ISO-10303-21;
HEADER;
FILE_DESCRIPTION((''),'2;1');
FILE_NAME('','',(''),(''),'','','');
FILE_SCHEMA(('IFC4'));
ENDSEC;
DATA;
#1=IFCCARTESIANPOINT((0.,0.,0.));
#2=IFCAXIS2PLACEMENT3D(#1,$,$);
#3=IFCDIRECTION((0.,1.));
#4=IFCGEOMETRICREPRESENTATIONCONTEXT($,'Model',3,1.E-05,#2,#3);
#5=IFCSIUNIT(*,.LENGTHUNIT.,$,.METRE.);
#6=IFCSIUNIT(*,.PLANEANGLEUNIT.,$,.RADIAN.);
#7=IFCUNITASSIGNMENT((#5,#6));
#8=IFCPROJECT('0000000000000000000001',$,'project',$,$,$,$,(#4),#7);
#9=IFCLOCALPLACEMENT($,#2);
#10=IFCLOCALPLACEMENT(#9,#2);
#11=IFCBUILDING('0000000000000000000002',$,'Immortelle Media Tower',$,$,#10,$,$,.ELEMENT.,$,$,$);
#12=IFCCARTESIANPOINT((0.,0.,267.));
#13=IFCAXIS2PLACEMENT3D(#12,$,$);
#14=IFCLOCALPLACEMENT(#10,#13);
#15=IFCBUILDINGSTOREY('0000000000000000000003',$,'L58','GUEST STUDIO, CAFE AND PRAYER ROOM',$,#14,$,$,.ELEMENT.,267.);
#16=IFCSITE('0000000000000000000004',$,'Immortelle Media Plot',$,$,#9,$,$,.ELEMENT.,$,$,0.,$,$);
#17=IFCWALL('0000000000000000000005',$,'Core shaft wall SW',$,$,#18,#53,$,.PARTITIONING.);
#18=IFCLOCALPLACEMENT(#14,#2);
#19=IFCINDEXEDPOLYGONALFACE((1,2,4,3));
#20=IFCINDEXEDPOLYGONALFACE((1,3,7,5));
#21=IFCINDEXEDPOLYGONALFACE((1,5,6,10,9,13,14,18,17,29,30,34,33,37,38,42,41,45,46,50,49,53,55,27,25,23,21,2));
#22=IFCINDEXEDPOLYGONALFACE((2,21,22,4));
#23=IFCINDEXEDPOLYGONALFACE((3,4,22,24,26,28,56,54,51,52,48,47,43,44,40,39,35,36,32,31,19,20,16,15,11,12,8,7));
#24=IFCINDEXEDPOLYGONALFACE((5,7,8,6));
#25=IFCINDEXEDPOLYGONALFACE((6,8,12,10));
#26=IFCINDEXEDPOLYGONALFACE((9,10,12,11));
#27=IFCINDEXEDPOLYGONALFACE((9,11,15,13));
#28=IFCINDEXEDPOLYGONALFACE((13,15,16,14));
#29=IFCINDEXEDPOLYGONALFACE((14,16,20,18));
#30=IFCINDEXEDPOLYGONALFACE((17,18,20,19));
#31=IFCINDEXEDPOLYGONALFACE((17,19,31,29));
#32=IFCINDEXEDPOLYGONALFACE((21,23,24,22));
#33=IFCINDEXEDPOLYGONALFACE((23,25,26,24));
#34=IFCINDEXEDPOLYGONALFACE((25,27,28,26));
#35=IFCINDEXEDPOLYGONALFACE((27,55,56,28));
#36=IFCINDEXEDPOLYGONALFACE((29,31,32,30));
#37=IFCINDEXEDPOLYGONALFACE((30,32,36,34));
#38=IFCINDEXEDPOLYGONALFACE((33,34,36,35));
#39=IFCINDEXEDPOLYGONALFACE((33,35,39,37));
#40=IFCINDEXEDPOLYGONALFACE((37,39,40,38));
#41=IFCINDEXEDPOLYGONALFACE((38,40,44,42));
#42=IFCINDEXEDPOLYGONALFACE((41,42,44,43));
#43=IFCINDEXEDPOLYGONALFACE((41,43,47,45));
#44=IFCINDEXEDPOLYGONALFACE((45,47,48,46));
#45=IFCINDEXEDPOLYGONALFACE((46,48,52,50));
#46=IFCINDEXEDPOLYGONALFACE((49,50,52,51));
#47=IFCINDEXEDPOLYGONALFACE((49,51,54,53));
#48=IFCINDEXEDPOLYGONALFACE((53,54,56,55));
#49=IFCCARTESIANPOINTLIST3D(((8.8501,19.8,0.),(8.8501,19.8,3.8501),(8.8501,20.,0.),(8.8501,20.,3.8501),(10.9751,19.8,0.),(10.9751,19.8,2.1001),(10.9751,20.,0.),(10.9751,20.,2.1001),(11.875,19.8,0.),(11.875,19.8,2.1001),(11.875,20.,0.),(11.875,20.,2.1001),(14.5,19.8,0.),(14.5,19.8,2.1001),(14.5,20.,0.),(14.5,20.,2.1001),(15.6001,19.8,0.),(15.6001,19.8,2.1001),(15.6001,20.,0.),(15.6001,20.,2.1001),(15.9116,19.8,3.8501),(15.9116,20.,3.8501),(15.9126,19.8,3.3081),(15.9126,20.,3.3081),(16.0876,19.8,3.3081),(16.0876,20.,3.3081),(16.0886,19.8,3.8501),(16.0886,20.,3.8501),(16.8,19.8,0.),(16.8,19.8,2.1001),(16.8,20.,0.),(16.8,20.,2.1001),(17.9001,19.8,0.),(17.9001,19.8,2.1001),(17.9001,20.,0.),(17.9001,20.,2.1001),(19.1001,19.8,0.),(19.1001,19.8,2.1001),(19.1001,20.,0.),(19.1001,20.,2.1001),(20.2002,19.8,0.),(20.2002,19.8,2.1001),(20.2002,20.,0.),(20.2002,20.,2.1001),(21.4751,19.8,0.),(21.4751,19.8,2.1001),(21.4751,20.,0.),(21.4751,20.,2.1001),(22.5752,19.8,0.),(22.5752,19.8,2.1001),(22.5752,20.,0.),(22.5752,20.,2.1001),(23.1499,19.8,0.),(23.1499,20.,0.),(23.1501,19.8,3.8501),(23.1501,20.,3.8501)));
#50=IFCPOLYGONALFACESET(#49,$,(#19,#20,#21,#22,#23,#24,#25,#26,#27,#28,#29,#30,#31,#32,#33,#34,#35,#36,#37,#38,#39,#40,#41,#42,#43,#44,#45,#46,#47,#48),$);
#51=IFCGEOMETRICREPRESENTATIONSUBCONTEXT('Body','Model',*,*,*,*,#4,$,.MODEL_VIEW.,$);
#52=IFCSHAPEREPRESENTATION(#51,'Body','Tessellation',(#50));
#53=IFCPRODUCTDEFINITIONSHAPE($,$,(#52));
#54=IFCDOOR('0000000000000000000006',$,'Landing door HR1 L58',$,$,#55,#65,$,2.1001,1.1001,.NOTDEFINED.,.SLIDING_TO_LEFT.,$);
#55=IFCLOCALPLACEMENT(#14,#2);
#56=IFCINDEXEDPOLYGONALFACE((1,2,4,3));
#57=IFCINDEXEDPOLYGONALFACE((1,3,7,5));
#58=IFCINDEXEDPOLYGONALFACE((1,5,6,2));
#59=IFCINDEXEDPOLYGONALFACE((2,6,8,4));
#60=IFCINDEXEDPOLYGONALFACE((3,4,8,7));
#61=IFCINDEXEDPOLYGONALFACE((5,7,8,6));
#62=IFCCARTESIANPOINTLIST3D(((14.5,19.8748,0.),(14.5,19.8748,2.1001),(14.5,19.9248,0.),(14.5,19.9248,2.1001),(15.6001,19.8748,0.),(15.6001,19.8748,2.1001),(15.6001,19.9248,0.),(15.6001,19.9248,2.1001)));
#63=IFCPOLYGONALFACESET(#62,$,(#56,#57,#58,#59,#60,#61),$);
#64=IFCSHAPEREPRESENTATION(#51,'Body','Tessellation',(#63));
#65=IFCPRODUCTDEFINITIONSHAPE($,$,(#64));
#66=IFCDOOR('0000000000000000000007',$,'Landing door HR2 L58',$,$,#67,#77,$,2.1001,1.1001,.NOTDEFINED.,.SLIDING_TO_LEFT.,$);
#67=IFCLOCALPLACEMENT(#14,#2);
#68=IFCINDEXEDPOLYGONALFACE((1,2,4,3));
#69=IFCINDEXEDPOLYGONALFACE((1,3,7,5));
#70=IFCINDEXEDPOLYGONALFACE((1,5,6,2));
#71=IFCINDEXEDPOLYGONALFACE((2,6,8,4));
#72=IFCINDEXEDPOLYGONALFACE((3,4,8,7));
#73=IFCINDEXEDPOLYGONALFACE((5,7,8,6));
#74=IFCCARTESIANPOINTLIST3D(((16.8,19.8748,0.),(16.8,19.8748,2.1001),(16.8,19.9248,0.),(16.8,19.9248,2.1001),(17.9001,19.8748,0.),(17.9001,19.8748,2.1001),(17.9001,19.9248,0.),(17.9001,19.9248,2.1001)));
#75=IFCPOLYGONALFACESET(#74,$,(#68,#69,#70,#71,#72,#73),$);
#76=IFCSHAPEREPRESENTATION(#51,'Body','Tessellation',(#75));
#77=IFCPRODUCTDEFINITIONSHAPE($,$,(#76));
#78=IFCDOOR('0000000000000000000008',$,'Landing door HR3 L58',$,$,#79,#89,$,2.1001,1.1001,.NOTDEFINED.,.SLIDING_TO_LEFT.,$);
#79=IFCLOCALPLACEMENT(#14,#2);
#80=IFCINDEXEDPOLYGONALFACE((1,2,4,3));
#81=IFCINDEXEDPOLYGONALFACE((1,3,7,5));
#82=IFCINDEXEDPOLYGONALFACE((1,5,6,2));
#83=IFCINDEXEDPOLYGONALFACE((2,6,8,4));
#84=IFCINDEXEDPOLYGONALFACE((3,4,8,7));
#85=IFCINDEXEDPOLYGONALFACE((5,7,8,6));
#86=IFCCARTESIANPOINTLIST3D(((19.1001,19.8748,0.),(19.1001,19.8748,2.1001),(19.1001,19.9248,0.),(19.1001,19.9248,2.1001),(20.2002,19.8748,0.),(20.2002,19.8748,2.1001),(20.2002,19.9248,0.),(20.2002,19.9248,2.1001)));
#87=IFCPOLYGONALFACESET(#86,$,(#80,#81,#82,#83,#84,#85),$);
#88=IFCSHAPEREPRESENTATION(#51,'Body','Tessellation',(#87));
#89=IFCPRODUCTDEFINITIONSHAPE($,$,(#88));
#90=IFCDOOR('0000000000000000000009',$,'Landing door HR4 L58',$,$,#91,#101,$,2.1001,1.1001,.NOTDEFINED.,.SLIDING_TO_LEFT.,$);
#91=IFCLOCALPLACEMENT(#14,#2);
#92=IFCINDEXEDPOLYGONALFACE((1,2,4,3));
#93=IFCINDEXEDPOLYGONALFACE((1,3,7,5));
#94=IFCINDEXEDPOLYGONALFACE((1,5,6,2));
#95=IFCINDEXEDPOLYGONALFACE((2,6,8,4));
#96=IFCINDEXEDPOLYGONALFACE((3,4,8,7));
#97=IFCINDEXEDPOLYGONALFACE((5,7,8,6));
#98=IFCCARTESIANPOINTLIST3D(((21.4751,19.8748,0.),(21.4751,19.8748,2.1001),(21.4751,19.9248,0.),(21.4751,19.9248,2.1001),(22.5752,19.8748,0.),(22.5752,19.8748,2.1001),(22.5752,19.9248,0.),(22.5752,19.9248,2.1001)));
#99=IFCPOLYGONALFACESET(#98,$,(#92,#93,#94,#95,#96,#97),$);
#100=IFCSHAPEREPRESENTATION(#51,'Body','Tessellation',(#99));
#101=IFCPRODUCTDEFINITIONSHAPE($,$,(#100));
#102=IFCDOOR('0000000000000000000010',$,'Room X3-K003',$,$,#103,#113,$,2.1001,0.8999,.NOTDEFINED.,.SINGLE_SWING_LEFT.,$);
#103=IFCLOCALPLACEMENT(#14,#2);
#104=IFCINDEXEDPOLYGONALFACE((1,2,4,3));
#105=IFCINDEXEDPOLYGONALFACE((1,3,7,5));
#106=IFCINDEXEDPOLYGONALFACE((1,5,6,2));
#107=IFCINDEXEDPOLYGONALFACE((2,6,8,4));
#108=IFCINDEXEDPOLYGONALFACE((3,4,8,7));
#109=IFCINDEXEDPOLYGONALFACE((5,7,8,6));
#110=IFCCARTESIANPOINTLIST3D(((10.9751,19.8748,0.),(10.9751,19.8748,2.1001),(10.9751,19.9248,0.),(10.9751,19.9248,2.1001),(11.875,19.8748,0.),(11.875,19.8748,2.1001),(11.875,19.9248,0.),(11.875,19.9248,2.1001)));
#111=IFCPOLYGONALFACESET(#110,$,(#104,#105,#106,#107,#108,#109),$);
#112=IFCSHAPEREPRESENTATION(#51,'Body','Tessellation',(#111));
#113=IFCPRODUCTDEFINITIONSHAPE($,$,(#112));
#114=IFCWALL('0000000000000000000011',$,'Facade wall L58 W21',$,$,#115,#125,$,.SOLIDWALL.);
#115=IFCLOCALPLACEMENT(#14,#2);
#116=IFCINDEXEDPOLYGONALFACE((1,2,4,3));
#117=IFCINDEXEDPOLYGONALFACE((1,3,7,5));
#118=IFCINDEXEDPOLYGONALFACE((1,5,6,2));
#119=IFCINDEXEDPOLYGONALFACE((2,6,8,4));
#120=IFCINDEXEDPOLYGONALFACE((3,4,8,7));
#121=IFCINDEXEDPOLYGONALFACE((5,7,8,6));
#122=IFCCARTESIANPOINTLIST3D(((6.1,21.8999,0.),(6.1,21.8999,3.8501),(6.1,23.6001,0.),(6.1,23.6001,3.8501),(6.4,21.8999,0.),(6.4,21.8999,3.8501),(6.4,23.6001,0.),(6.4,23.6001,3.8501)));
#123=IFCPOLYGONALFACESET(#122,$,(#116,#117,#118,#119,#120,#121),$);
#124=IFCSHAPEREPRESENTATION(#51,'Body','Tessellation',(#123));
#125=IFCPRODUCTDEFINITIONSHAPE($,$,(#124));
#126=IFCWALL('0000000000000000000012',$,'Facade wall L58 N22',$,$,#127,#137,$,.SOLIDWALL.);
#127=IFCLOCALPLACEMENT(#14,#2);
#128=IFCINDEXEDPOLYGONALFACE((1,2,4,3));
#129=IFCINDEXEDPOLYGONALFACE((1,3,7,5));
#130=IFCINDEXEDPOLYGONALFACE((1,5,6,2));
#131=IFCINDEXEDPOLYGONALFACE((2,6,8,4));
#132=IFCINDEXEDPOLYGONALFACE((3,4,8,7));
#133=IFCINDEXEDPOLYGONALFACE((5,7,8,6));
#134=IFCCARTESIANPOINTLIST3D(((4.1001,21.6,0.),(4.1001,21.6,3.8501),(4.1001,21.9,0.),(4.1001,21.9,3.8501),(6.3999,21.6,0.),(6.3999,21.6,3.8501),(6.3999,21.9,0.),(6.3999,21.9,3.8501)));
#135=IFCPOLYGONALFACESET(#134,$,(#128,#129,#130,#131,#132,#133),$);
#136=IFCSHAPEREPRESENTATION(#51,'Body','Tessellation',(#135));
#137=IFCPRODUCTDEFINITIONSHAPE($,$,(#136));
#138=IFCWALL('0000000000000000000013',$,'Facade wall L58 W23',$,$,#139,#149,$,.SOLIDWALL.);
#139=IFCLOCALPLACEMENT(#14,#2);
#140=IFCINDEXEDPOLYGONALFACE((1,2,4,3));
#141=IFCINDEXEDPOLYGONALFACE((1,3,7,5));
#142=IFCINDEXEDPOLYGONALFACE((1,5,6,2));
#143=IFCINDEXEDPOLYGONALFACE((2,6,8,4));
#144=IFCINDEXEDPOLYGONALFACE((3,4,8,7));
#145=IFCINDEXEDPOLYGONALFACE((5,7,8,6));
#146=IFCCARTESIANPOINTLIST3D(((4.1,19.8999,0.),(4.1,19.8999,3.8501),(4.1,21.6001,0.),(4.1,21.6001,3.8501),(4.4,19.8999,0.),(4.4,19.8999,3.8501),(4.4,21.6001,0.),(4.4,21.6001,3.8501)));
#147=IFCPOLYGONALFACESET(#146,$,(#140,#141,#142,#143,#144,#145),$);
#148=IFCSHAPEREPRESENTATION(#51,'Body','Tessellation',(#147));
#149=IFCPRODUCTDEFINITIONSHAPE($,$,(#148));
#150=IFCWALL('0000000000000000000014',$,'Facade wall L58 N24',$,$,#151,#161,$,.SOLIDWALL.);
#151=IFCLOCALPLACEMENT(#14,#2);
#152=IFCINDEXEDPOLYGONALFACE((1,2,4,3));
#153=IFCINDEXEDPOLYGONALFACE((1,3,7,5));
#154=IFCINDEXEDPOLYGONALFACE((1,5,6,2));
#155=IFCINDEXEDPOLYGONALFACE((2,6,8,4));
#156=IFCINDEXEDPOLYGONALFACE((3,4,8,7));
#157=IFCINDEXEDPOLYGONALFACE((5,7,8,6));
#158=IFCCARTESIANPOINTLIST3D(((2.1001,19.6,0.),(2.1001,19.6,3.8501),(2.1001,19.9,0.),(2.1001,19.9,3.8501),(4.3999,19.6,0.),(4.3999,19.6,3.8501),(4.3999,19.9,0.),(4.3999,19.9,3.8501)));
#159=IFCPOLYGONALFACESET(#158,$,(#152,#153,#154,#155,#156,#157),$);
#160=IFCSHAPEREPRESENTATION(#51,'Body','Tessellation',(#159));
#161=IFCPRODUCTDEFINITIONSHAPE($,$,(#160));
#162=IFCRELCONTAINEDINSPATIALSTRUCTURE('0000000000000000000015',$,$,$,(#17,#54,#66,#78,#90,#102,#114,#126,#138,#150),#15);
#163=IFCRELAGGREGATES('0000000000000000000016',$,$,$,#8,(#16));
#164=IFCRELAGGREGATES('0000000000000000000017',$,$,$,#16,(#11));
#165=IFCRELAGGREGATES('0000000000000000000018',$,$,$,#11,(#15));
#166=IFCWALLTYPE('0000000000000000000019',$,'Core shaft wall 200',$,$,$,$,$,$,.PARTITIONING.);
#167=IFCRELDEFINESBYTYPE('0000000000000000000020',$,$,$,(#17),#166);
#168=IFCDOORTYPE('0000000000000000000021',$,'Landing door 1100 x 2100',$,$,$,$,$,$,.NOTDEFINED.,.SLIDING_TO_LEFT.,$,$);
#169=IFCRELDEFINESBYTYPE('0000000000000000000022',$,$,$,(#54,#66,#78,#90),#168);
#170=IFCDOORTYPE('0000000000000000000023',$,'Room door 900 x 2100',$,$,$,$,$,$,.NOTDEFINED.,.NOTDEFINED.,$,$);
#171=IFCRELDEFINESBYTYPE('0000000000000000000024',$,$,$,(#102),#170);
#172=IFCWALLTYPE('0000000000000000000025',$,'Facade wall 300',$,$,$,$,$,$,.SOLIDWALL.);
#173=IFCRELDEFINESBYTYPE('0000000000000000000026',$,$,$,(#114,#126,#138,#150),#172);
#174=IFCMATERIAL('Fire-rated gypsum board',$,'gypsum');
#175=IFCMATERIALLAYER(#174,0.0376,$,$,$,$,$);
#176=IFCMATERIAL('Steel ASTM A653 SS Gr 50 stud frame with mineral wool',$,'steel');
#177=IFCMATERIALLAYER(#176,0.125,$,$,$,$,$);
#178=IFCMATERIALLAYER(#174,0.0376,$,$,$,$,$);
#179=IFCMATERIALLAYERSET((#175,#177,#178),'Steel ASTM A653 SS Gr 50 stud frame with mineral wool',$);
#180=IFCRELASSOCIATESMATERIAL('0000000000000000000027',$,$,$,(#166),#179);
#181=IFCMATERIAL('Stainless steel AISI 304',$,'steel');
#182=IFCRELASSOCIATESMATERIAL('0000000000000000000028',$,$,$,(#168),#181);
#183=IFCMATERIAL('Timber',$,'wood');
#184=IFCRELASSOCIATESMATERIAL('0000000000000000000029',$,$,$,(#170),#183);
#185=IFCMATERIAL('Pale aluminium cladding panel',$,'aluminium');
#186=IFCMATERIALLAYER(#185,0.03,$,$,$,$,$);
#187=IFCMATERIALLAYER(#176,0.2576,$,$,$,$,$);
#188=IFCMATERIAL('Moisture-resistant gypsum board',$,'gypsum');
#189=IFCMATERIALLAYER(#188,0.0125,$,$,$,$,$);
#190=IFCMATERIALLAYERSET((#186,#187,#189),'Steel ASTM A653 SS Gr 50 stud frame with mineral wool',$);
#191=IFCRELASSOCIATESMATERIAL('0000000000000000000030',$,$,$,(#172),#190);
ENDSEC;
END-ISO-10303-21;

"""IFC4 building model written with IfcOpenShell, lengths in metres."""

from ifc_helpers import new_model, si_unit, direction, frame, frame_2d, origin, place, context, subcontext, project, spatial, polyline, rectangle, outline, extrude, material, layer, layer_set, type_object, element, fill, save


model = new_model("IFC4")

# Units and contexts
model_context = context("Model", 3, precision=1e-05, world=origin(), true_north=direction((0.0, 1.0)))
body_context = subcontext(model_context, "Body", "Model", "MODEL_VIEW")
ifc_project = project(units=[si_unit("LENGTHUNIT", "METRE"), si_unit("PLANEANGLEUNIT", "RADIAN")], contexts=[model_context])

# Site, building, storey
site_placement = place(None, origin())
site = spatial("IfcSite", under=ifc_project, at=site_placement, Name="Immortelle Media Plot", CompositionType="ELEMENT", RefElevation=0.0)
building_placement = place(site_placement, origin())
building = spatial("IfcBuilding", under=site, at=building_placement, Name="Immortelle Media Tower", CompositionType="ELEMENT")
storey_placement = place(building_placement, frame((0.0, 0.0, 267.0)))
storey = spatial("IfcBuildingStorey", under=building, at=storey_placement, Name="L58", Description="GUEST STUDIO, CAFE AND PRAYER ROOM", CompositionType="ELEMENT", Elevation=267.0)

# Shared definitions
ifc_material_1 = material(Name="Fire-rated gypsum board", Category="gypsum")
ifc_layer_1 = layer(ifc_material_1, 0.0376)
ifc_material_2 = material(Name="Steel ASTM A653 SS Gr 50 stud frame with mineral wool", Category="steel")
ifc_layer_2 = layer(ifc_material_2, 0.125)
ifc_layer_3 = layer(ifc_material_1, 0.0376)
ifc_layer_set_1 = layer_set([ifc_layer_1, ifc_layer_2, ifc_layer_3], Name="Steel ASTM A653 SS Gr 50 stud frame with mineral wool")
wall_type_1 = type_object("IfcWallType", Name="Core shaft wall 200", PredefinedType="PARTITIONING", material=ifc_layer_set_1)

# Wall, openings, doors
wall_1_placement = place(storey_placement, frame((8.8501, 19.8999, 0.0), z_axis=(0.0, 0.0, 1.0), x_axis=(1.0, 0.0, 0.0)))
wall_1 = element("IfcWall", 1, at=wall_1_placement, inside=storey, type_object=wall_type_1, Name="Core shaft wall SW", PredefinedType="PARTITIONING", context=body_context, shape_type="SweptSolid", body=[
    extrude(outline(polyline([(0.0, 0.0), (14.2998, 0.0), (14.3, 3.8501), (7.2385, 3.8501), (7.2375, 3.3081), (7.0625, 3.3081), (7.0615, 3.8501), (0.0, 3.8501), (0.0, 0.0)])), frame((0.0, 0.1001, 0.0), z_axis=(0.0, -1.0, 0.0), x_axis=(1.0, 0.0, 0.0)), (0.0, 0.0, 1.0), 0.2),
])
opening_1_placement = place(wall_1_placement, frame((2.125, 0.0, 0.0)))
opening_1 = element("IfcOpeningElement", 2, at=opening_1_placement, cuts=wall_1, PredefinedType="OPENING", context=body_context, shape_type="SweptSolid", body=[
    extrude(rectangle(XDim=0.8999, YDim=2.1001, at=frame_2d((0.45, 1.05))), frame((0.0, 0.1099, 0.0), z_axis=(0.0, -1.0, 0.0), x_axis=(1.0, 0.0, 0.0)), (0.0, 0.0, 1.0), 0.22),
])
opening_2_placement = place(wall_1_placement, frame((5.6499, 0.0, 0.0)))
opening_2 = element("IfcOpeningElement", 3, at=opening_2_placement, cuts=wall_1, PredefinedType="OPENING", context=body_context, shape_type="SweptSolid", body=[
    extrude(rectangle(XDim=1.1001, YDim=2.1001, at=frame_2d((0.55, 1.05))), frame((0.0, 0.1099, 0.0), z_axis=(0.0, -1.0, 0.0), x_axis=(1.0, 0.0, 0.0)), (0.0, 0.0, 1.0), 0.22),
])
opening_3_placement = place(wall_1_placement, frame((7.95, 0.0, 0.0)))
opening_3 = element("IfcOpeningElement", 4, at=opening_3_placement, cuts=wall_1, PredefinedType="OPENING", context=body_context, shape_type="SweptSolid", body=[
    extrude(rectangle(XDim=1.1001, YDim=2.1001, at=frame_2d((0.55, 1.05))), frame((0.0, 0.1099, 0.0), z_axis=(0.0, -1.0, 0.0), x_axis=(1.0, 0.0, 0.0)), (0.0, 0.0, 1.0), 0.22),
])
opening_4_placement = place(wall_1_placement, frame((10.25, 0.0, 0.0)))
opening_4 = element("IfcOpeningElement", 5, at=opening_4_placement, cuts=wall_1, PredefinedType="OPENING", context=body_context, shape_type="SweptSolid", body=[
    extrude(rectangle(XDim=1.1001, YDim=2.1001, at=frame_2d((0.55, 1.05))), frame((0.0, 0.1099, 0.0), z_axis=(0.0, -1.0, 0.0), x_axis=(1.0, 0.0, 0.0)), (0.0, 0.0, 1.0), 0.22),
])
opening_5_placement = place(wall_1_placement, frame((12.625, 0.0, 0.0)))
opening_5 = element("IfcOpeningElement", 6, at=opening_5_placement, cuts=wall_1, PredefinedType="OPENING", context=body_context, shape_type="SweptSolid", body=[
    extrude(rectangle(XDim=1.1001, YDim=2.1001, at=frame_2d((0.55, 1.05))), frame((0.0, 0.1099, 0.0), z_axis=(0.0, -1.0, 0.0), x_axis=(1.0, 0.0, 0.0)), (0.0, 0.0, 1.0), 0.22),
])
ifc_material_3 = material(Name="Stainless steel AISI 304", Category="steel")
door_type_1 = type_object("IfcDoorType", Name="Landing door 1100 x 2100", OperationType="SLIDING_TO_LEFT", PredefinedType="NOTDEFINED", material=ifc_material_3)
door_1_placement = place(opening_2_placement, origin())
door_1 = element("IfcDoor", 7, at=door_1_placement, inside=storey, type_object=door_type_1, Name="Landing door HR1 L58", OperationType="SLIDING_TO_LEFT", OverallHeight=2.1001, OverallWidth=1.1001, PredefinedType="NOTDEFINED", context=body_context, shape_type="SweptSolid", body=[
    extrude(rectangle(XDim=1.1001, YDim=2.1001, at=frame_2d((0.55, 1.05))), frame((0.0, 0.0249, 0.0), z_axis=(0.0, -1.0, 0.0), x_axis=(1.0, 0.0, 0.0)), (0.0, 0.0, 1.0), 0.05),
])
fill(opening_2, door_1)
door_2_placement = place(opening_3_placement, origin())
door_2 = element("IfcDoor", 8, at=door_2_placement, inside=storey, type_object=door_type_1, Name="Landing door HR2 L58", OperationType="SLIDING_TO_LEFT", OverallHeight=2.1001, OverallWidth=1.1001, PredefinedType="NOTDEFINED", context=body_context, shape_type="SweptSolid", body=[
    extrude(rectangle(XDim=1.1001, YDim=2.1001, at=frame_2d((0.55, 1.05))), frame((0.0, 0.0249, 0.0), z_axis=(0.0, -1.0, 0.0), x_axis=(1.0, 0.0, 0.0)), (0.0, 0.0, 1.0), 0.05),
])
fill(opening_3, door_2)
door_3_placement = place(opening_4_placement, origin())
door_3 = element("IfcDoor", 9, at=door_3_placement, inside=storey, type_object=door_type_1, Name="Landing door HR3 L58", OperationType="SLIDING_TO_LEFT", OverallHeight=2.1001, OverallWidth=1.1001, PredefinedType="NOTDEFINED", context=body_context, shape_type="SweptSolid", body=[
    extrude(rectangle(XDim=1.1001, YDim=2.1001, at=frame_2d((0.55, 1.05))), frame((0.0, 0.0249, 0.0), z_axis=(0.0, -1.0, 0.0), x_axis=(1.0, 0.0, 0.0)), (0.0, 0.0, 1.0), 0.05),
])
fill(opening_4, door_3)
door_4_placement = place(opening_5_placement, origin())
door_4 = element("IfcDoor", 10, at=door_4_placement, inside=storey, type_object=door_type_1, Name="Landing door HR4 L58", OperationType="SLIDING_TO_LEFT", OverallHeight=2.1001, OverallWidth=1.1001, PredefinedType="NOTDEFINED", context=body_context, shape_type="SweptSolid", body=[
    extrude(rectangle(XDim=1.1001, YDim=2.1001, at=frame_2d((0.55, 1.05))), frame((0.0, 0.0249, 0.0), z_axis=(0.0, -1.0, 0.0), x_axis=(1.0, 0.0, 0.0)), (0.0, 0.0, 1.0), 0.05),
])
fill(opening_5, door_4)
ifc_material_4 = material(Name="Timber", Category="wood")
door_type_2 = type_object("IfcDoorType", Name="Room door 900 x 2100", OperationType="NOTDEFINED", PredefinedType="NOTDEFINED", material=ifc_material_4)
door_5_placement = place(opening_1_placement, origin())
door_5 = element("IfcDoor", 11, at=door_5_placement, inside=storey, type_object=door_type_2, Name="Room X3-K003", OperationType="SINGLE_SWING_LEFT", OverallHeight=2.1001, OverallWidth=0.8999, PredefinedType="NOTDEFINED", context=body_context, shape_type="SweptSolid", body=[
    extrude(rectangle(XDim=0.8999, YDim=2.1001, at=frame_2d((0.45, 1.05))), frame((0.0, 0.0249, 0.0), z_axis=(0.0, -1.0, 0.0), x_axis=(1.0, 0.0, 0.0)), (0.0, 0.0, 1.0), 0.05),
])
fill(opening_1, door_5)

# Walls
ifc_material_5 = material(Name="Pale aluminium cladding panel", Category="aluminium")
ifc_layer_4 = layer(ifc_material_5, 0.03)
ifc_layer_5 = layer(ifc_material_2, 0.2576)
ifc_material_6 = material(Name="Moisture-resistant gypsum board", Category="gypsum")
ifc_layer_6 = layer(ifc_material_6, 0.0125)
ifc_layer_set_2 = layer_set([ifc_layer_4, ifc_layer_5, ifc_layer_6], Name="Steel ASTM A653 SS Gr 50 stud frame with mineral wool")
wall_type_2 = type_object("IfcWallType", Name="Facade wall 300", PredefinedType="SOLIDWALL", material=ifc_layer_set_2)
wall_2_placement = place(storey_placement, frame((6.25, 23.6001, 0.0), z_axis=(0.0, 0.0, 1.0), x_axis=(0.0, -1.0, 0.0)))
element("IfcWall", 12, at=wall_2_placement, inside=storey, type_object=wall_type_2, Name="Facade wall L58 W21", PredefinedType="SOLIDWALL", context=body_context, shape_type="SweptSolid", body=[
    extrude(rectangle(XDim=1.7002, YDim=0.3, at=frame_2d((0.8501, 0.0))), origin(), (0.0, 0.0, 1.0), 3.8501),
])
wall_3_placement = place(storey_placement, frame((6.3999, 21.75, 0.0), z_axis=(0.0, 0.0, 1.0), x_axis=(-1.0, 0.0, 0.0)))
element("IfcWall", 13, at=wall_3_placement, inside=storey, type_object=wall_type_2, Name="Facade wall L58 N22", PredefinedType="SOLIDWALL", context=body_context, shape_type="SweptSolid", body=[
    extrude(rectangle(XDim=2.2998, YDim=0.3, at=frame_2d((1.1499, 0.0))), origin(), (0.0, 0.0, 1.0), 3.8501),
])
wall_4_placement = place(storey_placement, frame((4.25, 21.6001, 0.0), z_axis=(0.0, 0.0, 1.0), x_axis=(0.0, -1.0, 0.0)))
element("IfcWall", 14, at=wall_4_placement, inside=storey, type_object=wall_type_2, Name="Facade wall L58 W23", PredefinedType="SOLIDWALL", context=body_context, shape_type="SweptSolid", body=[
    extrude(rectangle(XDim=1.7002, YDim=0.3, at=frame_2d((0.8501, 0.0))), origin(), (0.0, 0.0, 1.0), 3.8501),
])
wall_5_placement = place(storey_placement, frame((4.3999, 19.75, 0.0), z_axis=(0.0, 0.0, 1.0), x_axis=(-1.0, 0.0, 0.0)))
element("IfcWall", 15, at=wall_5_placement, inside=storey, type_object=wall_type_2, Name="Facade wall L58 N24", PredefinedType="SOLIDWALL", context=body_context, shape_type="SweptSolid", body=[
    extrude(rectangle(XDim=2.2998, YDim=0.3, at=frame_2d((1.1499, 0.0))), origin(), (0.0, 0.0, 1.0), 3.8501),
])

save(model, "model.ifc")
